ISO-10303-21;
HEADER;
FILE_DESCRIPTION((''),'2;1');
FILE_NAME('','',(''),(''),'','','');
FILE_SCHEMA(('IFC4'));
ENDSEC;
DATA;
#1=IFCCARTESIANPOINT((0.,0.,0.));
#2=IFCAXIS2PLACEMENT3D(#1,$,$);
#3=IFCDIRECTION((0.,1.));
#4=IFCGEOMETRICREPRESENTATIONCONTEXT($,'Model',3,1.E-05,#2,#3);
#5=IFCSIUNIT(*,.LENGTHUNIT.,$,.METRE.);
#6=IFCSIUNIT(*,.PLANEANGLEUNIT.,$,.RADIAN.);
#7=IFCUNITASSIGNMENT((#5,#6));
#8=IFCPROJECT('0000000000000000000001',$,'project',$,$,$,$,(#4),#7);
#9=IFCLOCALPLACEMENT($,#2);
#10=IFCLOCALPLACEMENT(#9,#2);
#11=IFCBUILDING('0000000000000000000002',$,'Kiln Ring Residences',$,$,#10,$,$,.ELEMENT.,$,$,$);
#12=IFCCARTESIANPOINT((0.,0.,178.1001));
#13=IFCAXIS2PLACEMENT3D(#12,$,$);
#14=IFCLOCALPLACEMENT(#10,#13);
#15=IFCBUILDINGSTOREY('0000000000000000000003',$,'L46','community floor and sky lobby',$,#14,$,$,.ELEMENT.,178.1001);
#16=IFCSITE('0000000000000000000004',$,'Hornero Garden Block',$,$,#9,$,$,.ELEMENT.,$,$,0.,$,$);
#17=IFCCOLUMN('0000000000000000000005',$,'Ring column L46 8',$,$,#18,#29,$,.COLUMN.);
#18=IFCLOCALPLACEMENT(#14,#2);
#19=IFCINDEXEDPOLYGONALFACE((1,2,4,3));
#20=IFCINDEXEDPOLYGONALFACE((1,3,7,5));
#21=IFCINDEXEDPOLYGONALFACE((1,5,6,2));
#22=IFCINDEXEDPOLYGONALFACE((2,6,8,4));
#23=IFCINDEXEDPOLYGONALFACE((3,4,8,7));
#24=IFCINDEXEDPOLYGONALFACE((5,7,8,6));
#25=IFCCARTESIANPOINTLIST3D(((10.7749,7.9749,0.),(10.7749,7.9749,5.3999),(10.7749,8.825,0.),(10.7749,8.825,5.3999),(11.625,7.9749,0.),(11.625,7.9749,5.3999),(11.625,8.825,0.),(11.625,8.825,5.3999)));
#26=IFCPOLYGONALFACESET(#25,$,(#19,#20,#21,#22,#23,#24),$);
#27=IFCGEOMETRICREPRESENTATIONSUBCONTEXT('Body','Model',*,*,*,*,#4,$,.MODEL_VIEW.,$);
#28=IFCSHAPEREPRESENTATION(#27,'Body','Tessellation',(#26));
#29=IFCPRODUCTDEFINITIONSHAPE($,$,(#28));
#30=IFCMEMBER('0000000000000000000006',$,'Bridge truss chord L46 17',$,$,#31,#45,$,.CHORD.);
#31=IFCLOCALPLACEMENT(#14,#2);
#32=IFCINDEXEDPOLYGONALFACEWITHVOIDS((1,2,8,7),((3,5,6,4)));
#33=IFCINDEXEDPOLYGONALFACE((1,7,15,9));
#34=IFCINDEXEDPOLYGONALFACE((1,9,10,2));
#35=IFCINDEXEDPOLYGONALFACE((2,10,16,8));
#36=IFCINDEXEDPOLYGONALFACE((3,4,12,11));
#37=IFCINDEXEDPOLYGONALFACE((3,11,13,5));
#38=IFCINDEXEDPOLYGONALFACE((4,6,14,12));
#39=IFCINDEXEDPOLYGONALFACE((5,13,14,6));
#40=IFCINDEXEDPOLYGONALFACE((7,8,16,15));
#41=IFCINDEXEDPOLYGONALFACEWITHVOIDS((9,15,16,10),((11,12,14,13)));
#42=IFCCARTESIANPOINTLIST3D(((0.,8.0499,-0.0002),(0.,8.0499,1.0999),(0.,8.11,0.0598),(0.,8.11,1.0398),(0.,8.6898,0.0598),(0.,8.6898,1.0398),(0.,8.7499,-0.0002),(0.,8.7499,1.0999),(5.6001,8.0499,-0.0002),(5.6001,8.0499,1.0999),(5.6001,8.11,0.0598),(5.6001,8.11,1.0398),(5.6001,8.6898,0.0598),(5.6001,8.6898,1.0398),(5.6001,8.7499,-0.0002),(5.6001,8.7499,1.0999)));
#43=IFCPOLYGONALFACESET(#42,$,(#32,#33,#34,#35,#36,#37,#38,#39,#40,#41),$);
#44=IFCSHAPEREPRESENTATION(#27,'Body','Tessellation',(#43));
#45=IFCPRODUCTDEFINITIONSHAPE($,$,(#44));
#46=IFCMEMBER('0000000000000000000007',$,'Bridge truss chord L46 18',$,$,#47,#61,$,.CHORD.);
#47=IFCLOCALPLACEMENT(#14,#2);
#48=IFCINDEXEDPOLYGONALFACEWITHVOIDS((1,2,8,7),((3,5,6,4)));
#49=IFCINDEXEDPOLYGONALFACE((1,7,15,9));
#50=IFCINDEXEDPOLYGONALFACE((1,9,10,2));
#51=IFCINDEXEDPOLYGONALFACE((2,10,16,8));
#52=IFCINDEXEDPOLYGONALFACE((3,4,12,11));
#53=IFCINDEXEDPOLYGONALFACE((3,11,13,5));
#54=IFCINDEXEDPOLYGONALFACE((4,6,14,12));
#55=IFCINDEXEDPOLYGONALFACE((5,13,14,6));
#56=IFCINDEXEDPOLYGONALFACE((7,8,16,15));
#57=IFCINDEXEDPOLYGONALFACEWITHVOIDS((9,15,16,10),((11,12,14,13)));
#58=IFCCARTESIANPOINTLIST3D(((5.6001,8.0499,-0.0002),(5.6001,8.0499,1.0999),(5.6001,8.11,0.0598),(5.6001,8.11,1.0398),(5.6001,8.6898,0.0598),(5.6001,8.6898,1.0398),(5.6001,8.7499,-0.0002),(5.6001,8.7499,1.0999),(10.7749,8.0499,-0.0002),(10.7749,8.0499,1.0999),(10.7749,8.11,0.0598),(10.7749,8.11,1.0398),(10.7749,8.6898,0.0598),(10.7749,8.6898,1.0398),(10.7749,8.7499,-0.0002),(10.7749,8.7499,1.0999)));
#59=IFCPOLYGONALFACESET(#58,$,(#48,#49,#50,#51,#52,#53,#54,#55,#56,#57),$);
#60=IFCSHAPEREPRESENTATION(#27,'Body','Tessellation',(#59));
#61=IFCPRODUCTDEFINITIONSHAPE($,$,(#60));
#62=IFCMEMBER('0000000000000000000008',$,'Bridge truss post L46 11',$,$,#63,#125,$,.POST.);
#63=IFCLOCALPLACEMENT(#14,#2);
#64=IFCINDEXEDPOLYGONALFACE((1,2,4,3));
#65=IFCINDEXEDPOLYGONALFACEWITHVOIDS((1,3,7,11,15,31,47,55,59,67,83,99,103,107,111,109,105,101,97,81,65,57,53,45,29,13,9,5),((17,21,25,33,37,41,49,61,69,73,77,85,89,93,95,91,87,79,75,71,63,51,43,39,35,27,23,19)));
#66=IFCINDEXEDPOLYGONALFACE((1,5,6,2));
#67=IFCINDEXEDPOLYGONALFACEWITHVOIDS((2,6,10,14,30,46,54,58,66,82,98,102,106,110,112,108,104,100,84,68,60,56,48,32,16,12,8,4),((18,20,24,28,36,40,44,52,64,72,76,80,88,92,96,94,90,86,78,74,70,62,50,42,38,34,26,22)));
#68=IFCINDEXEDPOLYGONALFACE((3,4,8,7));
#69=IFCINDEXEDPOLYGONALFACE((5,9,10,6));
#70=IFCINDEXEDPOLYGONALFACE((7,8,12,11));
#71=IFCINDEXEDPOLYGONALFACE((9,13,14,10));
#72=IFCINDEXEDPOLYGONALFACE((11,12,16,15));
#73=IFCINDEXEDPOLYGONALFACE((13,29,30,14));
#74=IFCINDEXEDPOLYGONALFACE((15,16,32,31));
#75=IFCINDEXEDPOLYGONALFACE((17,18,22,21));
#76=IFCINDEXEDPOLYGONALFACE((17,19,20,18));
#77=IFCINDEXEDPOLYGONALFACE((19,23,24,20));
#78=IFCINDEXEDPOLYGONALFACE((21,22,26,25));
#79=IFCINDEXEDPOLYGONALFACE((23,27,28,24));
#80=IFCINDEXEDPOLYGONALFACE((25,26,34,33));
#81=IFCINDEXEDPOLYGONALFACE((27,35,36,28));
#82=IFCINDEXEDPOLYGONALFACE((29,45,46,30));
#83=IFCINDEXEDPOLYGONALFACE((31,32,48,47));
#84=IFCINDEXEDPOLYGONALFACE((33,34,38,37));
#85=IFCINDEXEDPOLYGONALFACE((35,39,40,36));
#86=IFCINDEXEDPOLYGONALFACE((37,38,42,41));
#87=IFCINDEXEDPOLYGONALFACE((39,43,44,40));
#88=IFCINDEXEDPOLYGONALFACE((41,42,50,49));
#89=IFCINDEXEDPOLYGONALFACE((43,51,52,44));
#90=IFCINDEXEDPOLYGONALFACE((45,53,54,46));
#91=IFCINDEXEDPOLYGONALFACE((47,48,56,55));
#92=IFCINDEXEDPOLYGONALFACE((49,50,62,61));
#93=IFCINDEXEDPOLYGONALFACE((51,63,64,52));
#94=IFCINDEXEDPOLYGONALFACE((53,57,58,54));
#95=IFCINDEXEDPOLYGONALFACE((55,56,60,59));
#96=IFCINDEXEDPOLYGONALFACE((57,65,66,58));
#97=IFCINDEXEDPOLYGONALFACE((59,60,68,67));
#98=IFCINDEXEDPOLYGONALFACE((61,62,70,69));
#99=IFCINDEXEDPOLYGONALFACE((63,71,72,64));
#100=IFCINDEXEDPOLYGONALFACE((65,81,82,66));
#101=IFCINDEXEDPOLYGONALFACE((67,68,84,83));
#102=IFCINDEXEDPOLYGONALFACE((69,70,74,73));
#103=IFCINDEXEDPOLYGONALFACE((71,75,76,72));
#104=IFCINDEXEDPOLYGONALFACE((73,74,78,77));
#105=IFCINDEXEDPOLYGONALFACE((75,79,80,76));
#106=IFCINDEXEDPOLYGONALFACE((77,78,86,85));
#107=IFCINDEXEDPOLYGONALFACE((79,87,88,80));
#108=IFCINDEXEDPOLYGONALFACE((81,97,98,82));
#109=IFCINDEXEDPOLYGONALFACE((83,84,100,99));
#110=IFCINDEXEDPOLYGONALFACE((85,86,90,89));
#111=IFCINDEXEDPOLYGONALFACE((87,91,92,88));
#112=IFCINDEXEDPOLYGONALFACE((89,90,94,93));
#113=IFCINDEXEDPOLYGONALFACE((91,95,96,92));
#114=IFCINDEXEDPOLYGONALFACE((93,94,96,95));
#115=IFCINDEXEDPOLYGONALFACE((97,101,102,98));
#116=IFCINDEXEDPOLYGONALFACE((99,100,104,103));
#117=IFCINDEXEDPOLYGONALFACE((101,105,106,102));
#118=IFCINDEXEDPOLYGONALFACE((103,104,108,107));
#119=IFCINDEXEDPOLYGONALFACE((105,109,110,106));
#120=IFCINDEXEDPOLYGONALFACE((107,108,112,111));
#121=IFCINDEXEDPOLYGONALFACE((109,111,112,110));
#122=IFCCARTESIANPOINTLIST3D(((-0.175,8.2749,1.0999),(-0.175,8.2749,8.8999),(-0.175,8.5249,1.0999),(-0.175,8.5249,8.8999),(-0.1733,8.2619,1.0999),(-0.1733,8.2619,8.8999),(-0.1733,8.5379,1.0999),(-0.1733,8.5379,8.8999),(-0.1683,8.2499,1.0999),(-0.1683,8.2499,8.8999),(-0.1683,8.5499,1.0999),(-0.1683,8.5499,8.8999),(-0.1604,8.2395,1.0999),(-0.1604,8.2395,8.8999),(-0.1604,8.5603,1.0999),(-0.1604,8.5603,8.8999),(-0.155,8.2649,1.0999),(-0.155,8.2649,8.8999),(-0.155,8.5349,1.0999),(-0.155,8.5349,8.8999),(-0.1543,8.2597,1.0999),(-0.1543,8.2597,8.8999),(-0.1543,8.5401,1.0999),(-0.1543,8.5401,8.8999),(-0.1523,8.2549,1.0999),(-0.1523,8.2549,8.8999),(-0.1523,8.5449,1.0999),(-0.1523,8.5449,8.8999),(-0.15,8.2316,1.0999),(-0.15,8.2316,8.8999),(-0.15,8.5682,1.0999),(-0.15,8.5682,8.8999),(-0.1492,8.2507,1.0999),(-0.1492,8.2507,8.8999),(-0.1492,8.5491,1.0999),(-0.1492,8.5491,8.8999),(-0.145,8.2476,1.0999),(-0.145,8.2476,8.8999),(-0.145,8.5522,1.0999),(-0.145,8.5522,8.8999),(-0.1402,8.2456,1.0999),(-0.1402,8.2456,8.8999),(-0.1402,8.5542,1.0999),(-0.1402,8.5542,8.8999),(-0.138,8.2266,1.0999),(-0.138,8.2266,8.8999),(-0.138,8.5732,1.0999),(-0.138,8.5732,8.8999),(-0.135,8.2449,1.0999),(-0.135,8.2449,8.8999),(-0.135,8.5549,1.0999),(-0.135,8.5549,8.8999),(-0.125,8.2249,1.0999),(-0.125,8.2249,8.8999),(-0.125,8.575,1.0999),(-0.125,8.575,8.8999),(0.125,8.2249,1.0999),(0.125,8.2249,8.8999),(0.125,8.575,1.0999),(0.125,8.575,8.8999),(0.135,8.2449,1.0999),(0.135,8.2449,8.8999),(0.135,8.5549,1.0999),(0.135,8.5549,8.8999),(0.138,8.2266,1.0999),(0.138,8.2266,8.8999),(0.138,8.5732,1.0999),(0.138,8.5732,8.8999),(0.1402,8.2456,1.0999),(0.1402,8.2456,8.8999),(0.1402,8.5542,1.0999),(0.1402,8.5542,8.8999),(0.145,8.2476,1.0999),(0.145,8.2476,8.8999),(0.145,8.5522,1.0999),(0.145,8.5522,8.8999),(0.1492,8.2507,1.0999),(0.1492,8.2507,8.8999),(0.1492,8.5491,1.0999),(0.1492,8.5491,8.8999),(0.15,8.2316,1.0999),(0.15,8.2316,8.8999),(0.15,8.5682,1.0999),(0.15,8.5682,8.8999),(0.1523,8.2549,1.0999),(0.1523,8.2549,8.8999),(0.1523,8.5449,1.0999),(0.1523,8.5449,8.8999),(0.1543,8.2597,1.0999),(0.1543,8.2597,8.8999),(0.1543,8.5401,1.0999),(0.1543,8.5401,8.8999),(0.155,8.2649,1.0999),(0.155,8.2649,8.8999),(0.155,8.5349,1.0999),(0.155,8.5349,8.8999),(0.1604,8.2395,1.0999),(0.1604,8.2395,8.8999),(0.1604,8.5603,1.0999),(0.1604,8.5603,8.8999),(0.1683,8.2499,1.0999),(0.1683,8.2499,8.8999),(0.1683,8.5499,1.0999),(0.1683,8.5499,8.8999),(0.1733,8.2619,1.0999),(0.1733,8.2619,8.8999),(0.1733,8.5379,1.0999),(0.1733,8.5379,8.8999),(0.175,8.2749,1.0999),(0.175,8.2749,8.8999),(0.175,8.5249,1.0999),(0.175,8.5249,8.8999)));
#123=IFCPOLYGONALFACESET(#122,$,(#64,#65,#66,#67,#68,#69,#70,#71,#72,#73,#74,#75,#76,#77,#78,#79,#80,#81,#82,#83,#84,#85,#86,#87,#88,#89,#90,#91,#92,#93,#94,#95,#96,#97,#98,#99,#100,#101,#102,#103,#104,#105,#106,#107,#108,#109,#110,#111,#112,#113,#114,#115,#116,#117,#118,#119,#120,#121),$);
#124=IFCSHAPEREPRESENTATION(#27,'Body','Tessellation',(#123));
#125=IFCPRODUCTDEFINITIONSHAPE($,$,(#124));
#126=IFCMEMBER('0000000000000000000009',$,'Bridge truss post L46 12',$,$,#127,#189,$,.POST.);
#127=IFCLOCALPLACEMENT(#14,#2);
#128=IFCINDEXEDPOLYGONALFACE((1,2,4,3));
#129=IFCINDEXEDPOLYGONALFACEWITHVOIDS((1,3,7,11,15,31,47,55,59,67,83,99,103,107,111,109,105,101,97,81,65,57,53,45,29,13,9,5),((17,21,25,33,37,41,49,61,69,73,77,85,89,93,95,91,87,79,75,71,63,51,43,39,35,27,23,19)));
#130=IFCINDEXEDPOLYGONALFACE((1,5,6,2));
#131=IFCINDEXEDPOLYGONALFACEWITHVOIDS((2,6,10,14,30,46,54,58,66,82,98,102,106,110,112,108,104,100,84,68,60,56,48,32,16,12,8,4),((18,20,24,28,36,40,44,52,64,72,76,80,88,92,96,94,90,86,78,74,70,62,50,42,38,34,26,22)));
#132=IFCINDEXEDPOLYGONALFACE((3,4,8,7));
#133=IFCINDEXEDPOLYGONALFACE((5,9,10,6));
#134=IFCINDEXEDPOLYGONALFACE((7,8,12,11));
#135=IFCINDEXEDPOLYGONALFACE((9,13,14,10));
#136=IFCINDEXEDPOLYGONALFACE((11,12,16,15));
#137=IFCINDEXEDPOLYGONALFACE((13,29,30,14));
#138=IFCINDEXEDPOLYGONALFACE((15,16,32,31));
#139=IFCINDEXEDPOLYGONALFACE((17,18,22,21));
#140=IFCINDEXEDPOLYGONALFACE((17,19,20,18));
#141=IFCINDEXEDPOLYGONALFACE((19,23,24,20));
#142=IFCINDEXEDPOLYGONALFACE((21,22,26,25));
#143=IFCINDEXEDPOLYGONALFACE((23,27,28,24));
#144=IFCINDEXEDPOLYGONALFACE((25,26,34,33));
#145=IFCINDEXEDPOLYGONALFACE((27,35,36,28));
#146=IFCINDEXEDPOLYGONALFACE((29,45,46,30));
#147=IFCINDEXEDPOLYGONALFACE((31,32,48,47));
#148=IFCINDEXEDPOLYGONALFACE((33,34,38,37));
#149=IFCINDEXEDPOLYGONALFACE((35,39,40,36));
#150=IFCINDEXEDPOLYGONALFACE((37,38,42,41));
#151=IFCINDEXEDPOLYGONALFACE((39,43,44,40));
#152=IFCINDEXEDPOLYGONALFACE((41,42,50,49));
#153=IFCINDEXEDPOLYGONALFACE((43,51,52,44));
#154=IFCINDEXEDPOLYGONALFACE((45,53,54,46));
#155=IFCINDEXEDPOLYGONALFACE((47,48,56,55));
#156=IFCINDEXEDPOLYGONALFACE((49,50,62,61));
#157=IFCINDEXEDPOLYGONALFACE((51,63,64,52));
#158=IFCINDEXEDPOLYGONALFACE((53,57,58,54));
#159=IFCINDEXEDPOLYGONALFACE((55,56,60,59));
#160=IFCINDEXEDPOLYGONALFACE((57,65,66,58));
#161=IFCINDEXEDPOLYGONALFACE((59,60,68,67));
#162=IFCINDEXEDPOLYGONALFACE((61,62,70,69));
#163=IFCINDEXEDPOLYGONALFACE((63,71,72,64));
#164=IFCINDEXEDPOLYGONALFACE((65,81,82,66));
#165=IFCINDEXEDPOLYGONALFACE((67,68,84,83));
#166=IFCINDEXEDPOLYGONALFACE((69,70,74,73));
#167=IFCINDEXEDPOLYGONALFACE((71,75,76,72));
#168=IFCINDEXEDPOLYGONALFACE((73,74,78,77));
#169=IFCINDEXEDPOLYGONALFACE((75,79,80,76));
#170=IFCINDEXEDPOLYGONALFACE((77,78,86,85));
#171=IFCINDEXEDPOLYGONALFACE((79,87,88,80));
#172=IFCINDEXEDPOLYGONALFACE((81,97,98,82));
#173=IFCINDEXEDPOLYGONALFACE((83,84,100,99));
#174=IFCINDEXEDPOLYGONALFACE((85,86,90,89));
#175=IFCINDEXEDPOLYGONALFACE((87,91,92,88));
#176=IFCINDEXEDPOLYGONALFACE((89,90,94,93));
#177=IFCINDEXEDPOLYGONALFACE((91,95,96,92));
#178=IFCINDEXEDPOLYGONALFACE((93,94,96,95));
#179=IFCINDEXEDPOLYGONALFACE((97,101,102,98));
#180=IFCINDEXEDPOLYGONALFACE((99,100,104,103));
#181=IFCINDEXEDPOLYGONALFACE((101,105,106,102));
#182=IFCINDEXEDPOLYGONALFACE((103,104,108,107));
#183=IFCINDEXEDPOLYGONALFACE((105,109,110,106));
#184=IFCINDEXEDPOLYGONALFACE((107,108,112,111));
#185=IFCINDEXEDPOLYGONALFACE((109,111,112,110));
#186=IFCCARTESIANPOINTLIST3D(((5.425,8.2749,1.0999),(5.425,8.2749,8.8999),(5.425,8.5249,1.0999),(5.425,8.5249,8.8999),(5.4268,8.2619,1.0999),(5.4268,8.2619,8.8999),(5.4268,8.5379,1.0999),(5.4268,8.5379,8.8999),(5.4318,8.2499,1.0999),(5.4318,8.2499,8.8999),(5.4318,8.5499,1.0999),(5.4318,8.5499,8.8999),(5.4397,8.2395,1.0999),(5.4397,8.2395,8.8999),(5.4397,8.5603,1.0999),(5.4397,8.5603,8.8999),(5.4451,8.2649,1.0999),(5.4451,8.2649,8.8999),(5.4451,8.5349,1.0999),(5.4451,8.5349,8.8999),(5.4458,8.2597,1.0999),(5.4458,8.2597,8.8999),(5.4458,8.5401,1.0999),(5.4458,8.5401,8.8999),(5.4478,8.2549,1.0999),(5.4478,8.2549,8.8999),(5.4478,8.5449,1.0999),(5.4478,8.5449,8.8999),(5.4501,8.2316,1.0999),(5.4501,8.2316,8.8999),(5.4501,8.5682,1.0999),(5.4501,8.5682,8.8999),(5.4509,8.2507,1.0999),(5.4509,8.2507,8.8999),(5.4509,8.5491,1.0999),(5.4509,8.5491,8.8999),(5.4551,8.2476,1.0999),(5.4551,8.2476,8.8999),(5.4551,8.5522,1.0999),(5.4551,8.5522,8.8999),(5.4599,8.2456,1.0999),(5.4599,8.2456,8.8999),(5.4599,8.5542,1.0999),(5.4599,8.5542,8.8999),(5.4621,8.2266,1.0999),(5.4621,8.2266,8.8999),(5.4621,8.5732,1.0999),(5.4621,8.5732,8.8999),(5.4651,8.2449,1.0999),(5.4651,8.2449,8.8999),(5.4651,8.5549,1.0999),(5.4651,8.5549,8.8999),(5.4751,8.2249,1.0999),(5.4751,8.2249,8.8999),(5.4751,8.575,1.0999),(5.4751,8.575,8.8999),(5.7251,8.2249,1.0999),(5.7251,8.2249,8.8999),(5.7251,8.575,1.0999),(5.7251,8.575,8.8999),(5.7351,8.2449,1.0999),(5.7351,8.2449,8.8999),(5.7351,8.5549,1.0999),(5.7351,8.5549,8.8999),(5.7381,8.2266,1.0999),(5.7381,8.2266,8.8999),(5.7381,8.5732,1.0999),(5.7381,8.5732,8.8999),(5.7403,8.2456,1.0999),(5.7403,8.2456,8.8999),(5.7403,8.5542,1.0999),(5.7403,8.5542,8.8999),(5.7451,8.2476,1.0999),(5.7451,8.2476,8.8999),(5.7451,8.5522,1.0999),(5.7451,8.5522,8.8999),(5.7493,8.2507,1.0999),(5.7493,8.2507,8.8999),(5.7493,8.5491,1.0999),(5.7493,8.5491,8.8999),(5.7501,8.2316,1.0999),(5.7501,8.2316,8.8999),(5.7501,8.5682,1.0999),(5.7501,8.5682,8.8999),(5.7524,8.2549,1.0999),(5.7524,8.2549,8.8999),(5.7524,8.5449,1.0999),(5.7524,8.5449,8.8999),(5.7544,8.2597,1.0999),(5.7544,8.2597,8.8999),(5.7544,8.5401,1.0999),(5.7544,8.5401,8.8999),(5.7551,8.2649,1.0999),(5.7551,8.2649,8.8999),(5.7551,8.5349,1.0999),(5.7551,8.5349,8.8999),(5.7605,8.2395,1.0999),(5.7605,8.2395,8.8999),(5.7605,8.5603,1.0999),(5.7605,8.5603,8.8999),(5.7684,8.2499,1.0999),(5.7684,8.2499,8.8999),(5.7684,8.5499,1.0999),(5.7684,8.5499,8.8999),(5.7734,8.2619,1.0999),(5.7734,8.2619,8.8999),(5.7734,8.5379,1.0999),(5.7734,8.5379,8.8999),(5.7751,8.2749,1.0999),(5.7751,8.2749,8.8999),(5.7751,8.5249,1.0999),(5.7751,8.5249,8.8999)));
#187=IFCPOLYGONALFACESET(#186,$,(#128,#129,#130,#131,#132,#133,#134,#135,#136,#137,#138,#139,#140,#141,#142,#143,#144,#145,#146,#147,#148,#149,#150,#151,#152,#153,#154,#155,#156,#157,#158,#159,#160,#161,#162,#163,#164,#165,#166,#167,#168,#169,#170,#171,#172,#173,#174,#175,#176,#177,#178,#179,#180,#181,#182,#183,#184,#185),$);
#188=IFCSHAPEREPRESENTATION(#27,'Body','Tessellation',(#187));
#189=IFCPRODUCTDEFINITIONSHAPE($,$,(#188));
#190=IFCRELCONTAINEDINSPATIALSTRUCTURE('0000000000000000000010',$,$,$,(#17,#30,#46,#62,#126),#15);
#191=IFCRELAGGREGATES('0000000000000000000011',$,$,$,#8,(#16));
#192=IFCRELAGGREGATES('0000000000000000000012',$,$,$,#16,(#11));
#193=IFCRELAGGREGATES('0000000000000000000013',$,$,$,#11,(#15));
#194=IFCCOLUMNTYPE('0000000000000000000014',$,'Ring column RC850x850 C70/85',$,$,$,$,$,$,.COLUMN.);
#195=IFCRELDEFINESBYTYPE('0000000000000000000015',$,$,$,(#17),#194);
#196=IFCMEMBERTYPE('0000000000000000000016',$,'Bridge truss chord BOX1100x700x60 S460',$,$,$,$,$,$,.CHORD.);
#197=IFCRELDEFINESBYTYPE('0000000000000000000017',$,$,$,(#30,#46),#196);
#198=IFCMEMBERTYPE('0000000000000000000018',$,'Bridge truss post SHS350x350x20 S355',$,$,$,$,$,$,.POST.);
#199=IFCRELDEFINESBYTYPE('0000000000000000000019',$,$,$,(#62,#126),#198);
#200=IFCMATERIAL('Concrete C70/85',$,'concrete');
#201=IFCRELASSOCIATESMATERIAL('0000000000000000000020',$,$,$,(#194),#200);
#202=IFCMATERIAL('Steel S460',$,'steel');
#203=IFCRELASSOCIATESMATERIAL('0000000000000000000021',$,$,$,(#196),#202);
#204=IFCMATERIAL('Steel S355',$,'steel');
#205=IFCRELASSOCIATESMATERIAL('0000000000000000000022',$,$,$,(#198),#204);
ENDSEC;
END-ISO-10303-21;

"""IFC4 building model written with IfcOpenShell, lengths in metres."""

from ifc_helpers import new_model, si_unit, direction, frame, origin, origin_2d, place, context, subcontext, project, spatial, rectangle, hollow_rectangle, extrude, material, material_profile, profile_set, type_object, element, save


model = new_model("IFC4")

# Units and contexts
model_context = context("Model", 3, precision=1e-05, world=origin(), true_north=direction((0.0, 1.0)))
body_context = subcontext(model_context, "Body", "Model", "MODEL_VIEW")
ifc_project = project(units=[si_unit("LENGTHUNIT", "METRE"), si_unit("PLANEANGLEUNIT", "RADIAN")], contexts=[model_context])

# Site, building, storey
site_placement = place(None, origin())
site = spatial("IfcSite", under=ifc_project, at=site_placement, Name="Hornero Garden Block", CompositionType="ELEMENT", RefElevation=0.0)
building_placement = place(site_placement, origin())
building = spatial("IfcBuilding", under=site, at=building_placement, Name="Kiln Ring Residences", CompositionType="ELEMENT")
storey_placement = place(building_placement, frame((0.0, 0.0, 178.1001)))
storey = spatial("IfcBuildingStorey", under=building, at=storey_placement, Name="L46", Description="community floor and sky lobby", CompositionType="ELEMENT", Elevation=178.1001)

# Column
ifc_material_1 = material(Name="Concrete C70/85", Category="concrete")
ifc_material_profile_1 = material_profile(ifc_material_1, rectangle(XDim=0.8501, YDim=0.8501, at=origin_2d()), Name="RC850x850")
ifc_profile_set_1 = profile_set([ifc_material_profile_1], Name="Concrete C70/85")
column_type = type_object("IfcColumnType", Name="Ring column RC850x850 C70/85", PredefinedType="COLUMN", material=ifc_profile_set_1)
column_placement = place(storey_placement, frame((11.2, 8.3999, 0.0), z_axis=(0.0, 0.0, 1.0), x_axis=(1.0, 0.0, 0.0)))
element("IfcColumn", 1, at=column_placement, inside=storey, type_object=column_type, Name="Ring column L46 8", PredefinedType="COLUMN", context=body_context, shape_type="SweptSolid", body=[
    extrude(rectangle(XDim=0.8501, YDim=0.8501, at=origin_2d()), origin(), (0.0, 0.0, 1.0), 5.3999),
])

# Members
ifc_material_2 = material(Name="Steel S460", Category="steel")
ifc_material_profile_2 = material_profile(ifc_material_2, hollow_rectangle(XDim=0.7, YDim=1.1001, WallThickness=0.0601, at=origin_2d()), Name="BOX1100x700x60")
ifc_profile_set_2 = profile_set([ifc_material_profile_2], Name="Steel S460")
member_type_1 = type_object("IfcMemberType", Name="Bridge truss chord BOX1100x700x60 S460", PredefinedType="CHORD", material=ifc_profile_set_2)
member_1_placement = place(storey_placement, frame((0.0, 8.3999, 0.5498), z_axis=(1.0, 0.0, 0.0), x_axis=(0.0, 1.0, 0.0)))
element("IfcMember", 2, at=member_1_placement, inside=storey, type_object=member_type_1, Name="Bridge truss chord L46 17", PredefinedType="CHORD", context=body_context, shape_type="SweptSolid", body=[
    extrude(hollow_rectangle(XDim=0.7, YDim=1.1001, WallThickness=0.0601, at=origin_2d()), origin(), (0.0, 0.0, 1.0), 5.6001),
])
member_2_placement = place(storey_placement, frame((5.6001, 8.3999, 0.5498), z_axis=(1.0, 0.0, 0.0), x_axis=(0.0, 1.0, 0.0)))
element("IfcMember", 3, at=member_2_placement, inside=storey, type_object=member_type_1, Name="Bridge truss chord L46 18", PredefinedType="CHORD", context=body_context, shape_type="SweptSolid", body=[
    extrude(hollow_rectangle(XDim=0.7, YDim=1.1001, WallThickness=0.0601, at=origin_2d()), origin(), (0.0, 0.0, 1.0), 5.1748),
])
ifc_material_3 = material(Name="Steel S355", Category="steel")
ifc_material_profile_3 = material_profile(ifc_material_3, hollow_rectangle(XDim=0.3501, YDim=0.3501, WallThickness=0.02, InnerFilletRadius=0.02, OuterFilletRadius=0.05, at=origin_2d()), Name="SHS350x350x20")
ifc_profile_set_3 = profile_set([ifc_material_profile_3], Name="Steel S355")
member_type_2 = type_object("IfcMemberType", Name="Bridge truss post SHS350x350x20 S355", PredefinedType="POST", material=ifc_profile_set_3)
for number, where, z_axis, x_axis, name in (
    (4, (0.0, 8.3999, 1.0999), (0.0, 0.0, 1.0), (1.0, 0.0, 0.0), "Bridge truss post L46 11"),
    (5, (5.6001, 8.3999, 1.0999), (0.0, 0.0, 1.0), (1.0, 0.0, 0.0), "Bridge truss post L46 12"),
):
    element("IfcMember", number, at=place(storey_placement, frame(where, z_axis=z_axis, x_axis=x_axis)), inside=storey, type_object=member_type_2, Name=name, PredefinedType="POST", context=body_context, shape_type="SweptSolid", body=[
        extrude(hollow_rectangle(XDim=0.3501, YDim=0.3501, WallThickness=0.02, InnerFilletRadius=0.02, OuterFilletRadius=0.05, at=origin_2d()), origin(), (0.0, 0.0, 1.0), 7.8),
    ])

save(model, "model.ifc")
